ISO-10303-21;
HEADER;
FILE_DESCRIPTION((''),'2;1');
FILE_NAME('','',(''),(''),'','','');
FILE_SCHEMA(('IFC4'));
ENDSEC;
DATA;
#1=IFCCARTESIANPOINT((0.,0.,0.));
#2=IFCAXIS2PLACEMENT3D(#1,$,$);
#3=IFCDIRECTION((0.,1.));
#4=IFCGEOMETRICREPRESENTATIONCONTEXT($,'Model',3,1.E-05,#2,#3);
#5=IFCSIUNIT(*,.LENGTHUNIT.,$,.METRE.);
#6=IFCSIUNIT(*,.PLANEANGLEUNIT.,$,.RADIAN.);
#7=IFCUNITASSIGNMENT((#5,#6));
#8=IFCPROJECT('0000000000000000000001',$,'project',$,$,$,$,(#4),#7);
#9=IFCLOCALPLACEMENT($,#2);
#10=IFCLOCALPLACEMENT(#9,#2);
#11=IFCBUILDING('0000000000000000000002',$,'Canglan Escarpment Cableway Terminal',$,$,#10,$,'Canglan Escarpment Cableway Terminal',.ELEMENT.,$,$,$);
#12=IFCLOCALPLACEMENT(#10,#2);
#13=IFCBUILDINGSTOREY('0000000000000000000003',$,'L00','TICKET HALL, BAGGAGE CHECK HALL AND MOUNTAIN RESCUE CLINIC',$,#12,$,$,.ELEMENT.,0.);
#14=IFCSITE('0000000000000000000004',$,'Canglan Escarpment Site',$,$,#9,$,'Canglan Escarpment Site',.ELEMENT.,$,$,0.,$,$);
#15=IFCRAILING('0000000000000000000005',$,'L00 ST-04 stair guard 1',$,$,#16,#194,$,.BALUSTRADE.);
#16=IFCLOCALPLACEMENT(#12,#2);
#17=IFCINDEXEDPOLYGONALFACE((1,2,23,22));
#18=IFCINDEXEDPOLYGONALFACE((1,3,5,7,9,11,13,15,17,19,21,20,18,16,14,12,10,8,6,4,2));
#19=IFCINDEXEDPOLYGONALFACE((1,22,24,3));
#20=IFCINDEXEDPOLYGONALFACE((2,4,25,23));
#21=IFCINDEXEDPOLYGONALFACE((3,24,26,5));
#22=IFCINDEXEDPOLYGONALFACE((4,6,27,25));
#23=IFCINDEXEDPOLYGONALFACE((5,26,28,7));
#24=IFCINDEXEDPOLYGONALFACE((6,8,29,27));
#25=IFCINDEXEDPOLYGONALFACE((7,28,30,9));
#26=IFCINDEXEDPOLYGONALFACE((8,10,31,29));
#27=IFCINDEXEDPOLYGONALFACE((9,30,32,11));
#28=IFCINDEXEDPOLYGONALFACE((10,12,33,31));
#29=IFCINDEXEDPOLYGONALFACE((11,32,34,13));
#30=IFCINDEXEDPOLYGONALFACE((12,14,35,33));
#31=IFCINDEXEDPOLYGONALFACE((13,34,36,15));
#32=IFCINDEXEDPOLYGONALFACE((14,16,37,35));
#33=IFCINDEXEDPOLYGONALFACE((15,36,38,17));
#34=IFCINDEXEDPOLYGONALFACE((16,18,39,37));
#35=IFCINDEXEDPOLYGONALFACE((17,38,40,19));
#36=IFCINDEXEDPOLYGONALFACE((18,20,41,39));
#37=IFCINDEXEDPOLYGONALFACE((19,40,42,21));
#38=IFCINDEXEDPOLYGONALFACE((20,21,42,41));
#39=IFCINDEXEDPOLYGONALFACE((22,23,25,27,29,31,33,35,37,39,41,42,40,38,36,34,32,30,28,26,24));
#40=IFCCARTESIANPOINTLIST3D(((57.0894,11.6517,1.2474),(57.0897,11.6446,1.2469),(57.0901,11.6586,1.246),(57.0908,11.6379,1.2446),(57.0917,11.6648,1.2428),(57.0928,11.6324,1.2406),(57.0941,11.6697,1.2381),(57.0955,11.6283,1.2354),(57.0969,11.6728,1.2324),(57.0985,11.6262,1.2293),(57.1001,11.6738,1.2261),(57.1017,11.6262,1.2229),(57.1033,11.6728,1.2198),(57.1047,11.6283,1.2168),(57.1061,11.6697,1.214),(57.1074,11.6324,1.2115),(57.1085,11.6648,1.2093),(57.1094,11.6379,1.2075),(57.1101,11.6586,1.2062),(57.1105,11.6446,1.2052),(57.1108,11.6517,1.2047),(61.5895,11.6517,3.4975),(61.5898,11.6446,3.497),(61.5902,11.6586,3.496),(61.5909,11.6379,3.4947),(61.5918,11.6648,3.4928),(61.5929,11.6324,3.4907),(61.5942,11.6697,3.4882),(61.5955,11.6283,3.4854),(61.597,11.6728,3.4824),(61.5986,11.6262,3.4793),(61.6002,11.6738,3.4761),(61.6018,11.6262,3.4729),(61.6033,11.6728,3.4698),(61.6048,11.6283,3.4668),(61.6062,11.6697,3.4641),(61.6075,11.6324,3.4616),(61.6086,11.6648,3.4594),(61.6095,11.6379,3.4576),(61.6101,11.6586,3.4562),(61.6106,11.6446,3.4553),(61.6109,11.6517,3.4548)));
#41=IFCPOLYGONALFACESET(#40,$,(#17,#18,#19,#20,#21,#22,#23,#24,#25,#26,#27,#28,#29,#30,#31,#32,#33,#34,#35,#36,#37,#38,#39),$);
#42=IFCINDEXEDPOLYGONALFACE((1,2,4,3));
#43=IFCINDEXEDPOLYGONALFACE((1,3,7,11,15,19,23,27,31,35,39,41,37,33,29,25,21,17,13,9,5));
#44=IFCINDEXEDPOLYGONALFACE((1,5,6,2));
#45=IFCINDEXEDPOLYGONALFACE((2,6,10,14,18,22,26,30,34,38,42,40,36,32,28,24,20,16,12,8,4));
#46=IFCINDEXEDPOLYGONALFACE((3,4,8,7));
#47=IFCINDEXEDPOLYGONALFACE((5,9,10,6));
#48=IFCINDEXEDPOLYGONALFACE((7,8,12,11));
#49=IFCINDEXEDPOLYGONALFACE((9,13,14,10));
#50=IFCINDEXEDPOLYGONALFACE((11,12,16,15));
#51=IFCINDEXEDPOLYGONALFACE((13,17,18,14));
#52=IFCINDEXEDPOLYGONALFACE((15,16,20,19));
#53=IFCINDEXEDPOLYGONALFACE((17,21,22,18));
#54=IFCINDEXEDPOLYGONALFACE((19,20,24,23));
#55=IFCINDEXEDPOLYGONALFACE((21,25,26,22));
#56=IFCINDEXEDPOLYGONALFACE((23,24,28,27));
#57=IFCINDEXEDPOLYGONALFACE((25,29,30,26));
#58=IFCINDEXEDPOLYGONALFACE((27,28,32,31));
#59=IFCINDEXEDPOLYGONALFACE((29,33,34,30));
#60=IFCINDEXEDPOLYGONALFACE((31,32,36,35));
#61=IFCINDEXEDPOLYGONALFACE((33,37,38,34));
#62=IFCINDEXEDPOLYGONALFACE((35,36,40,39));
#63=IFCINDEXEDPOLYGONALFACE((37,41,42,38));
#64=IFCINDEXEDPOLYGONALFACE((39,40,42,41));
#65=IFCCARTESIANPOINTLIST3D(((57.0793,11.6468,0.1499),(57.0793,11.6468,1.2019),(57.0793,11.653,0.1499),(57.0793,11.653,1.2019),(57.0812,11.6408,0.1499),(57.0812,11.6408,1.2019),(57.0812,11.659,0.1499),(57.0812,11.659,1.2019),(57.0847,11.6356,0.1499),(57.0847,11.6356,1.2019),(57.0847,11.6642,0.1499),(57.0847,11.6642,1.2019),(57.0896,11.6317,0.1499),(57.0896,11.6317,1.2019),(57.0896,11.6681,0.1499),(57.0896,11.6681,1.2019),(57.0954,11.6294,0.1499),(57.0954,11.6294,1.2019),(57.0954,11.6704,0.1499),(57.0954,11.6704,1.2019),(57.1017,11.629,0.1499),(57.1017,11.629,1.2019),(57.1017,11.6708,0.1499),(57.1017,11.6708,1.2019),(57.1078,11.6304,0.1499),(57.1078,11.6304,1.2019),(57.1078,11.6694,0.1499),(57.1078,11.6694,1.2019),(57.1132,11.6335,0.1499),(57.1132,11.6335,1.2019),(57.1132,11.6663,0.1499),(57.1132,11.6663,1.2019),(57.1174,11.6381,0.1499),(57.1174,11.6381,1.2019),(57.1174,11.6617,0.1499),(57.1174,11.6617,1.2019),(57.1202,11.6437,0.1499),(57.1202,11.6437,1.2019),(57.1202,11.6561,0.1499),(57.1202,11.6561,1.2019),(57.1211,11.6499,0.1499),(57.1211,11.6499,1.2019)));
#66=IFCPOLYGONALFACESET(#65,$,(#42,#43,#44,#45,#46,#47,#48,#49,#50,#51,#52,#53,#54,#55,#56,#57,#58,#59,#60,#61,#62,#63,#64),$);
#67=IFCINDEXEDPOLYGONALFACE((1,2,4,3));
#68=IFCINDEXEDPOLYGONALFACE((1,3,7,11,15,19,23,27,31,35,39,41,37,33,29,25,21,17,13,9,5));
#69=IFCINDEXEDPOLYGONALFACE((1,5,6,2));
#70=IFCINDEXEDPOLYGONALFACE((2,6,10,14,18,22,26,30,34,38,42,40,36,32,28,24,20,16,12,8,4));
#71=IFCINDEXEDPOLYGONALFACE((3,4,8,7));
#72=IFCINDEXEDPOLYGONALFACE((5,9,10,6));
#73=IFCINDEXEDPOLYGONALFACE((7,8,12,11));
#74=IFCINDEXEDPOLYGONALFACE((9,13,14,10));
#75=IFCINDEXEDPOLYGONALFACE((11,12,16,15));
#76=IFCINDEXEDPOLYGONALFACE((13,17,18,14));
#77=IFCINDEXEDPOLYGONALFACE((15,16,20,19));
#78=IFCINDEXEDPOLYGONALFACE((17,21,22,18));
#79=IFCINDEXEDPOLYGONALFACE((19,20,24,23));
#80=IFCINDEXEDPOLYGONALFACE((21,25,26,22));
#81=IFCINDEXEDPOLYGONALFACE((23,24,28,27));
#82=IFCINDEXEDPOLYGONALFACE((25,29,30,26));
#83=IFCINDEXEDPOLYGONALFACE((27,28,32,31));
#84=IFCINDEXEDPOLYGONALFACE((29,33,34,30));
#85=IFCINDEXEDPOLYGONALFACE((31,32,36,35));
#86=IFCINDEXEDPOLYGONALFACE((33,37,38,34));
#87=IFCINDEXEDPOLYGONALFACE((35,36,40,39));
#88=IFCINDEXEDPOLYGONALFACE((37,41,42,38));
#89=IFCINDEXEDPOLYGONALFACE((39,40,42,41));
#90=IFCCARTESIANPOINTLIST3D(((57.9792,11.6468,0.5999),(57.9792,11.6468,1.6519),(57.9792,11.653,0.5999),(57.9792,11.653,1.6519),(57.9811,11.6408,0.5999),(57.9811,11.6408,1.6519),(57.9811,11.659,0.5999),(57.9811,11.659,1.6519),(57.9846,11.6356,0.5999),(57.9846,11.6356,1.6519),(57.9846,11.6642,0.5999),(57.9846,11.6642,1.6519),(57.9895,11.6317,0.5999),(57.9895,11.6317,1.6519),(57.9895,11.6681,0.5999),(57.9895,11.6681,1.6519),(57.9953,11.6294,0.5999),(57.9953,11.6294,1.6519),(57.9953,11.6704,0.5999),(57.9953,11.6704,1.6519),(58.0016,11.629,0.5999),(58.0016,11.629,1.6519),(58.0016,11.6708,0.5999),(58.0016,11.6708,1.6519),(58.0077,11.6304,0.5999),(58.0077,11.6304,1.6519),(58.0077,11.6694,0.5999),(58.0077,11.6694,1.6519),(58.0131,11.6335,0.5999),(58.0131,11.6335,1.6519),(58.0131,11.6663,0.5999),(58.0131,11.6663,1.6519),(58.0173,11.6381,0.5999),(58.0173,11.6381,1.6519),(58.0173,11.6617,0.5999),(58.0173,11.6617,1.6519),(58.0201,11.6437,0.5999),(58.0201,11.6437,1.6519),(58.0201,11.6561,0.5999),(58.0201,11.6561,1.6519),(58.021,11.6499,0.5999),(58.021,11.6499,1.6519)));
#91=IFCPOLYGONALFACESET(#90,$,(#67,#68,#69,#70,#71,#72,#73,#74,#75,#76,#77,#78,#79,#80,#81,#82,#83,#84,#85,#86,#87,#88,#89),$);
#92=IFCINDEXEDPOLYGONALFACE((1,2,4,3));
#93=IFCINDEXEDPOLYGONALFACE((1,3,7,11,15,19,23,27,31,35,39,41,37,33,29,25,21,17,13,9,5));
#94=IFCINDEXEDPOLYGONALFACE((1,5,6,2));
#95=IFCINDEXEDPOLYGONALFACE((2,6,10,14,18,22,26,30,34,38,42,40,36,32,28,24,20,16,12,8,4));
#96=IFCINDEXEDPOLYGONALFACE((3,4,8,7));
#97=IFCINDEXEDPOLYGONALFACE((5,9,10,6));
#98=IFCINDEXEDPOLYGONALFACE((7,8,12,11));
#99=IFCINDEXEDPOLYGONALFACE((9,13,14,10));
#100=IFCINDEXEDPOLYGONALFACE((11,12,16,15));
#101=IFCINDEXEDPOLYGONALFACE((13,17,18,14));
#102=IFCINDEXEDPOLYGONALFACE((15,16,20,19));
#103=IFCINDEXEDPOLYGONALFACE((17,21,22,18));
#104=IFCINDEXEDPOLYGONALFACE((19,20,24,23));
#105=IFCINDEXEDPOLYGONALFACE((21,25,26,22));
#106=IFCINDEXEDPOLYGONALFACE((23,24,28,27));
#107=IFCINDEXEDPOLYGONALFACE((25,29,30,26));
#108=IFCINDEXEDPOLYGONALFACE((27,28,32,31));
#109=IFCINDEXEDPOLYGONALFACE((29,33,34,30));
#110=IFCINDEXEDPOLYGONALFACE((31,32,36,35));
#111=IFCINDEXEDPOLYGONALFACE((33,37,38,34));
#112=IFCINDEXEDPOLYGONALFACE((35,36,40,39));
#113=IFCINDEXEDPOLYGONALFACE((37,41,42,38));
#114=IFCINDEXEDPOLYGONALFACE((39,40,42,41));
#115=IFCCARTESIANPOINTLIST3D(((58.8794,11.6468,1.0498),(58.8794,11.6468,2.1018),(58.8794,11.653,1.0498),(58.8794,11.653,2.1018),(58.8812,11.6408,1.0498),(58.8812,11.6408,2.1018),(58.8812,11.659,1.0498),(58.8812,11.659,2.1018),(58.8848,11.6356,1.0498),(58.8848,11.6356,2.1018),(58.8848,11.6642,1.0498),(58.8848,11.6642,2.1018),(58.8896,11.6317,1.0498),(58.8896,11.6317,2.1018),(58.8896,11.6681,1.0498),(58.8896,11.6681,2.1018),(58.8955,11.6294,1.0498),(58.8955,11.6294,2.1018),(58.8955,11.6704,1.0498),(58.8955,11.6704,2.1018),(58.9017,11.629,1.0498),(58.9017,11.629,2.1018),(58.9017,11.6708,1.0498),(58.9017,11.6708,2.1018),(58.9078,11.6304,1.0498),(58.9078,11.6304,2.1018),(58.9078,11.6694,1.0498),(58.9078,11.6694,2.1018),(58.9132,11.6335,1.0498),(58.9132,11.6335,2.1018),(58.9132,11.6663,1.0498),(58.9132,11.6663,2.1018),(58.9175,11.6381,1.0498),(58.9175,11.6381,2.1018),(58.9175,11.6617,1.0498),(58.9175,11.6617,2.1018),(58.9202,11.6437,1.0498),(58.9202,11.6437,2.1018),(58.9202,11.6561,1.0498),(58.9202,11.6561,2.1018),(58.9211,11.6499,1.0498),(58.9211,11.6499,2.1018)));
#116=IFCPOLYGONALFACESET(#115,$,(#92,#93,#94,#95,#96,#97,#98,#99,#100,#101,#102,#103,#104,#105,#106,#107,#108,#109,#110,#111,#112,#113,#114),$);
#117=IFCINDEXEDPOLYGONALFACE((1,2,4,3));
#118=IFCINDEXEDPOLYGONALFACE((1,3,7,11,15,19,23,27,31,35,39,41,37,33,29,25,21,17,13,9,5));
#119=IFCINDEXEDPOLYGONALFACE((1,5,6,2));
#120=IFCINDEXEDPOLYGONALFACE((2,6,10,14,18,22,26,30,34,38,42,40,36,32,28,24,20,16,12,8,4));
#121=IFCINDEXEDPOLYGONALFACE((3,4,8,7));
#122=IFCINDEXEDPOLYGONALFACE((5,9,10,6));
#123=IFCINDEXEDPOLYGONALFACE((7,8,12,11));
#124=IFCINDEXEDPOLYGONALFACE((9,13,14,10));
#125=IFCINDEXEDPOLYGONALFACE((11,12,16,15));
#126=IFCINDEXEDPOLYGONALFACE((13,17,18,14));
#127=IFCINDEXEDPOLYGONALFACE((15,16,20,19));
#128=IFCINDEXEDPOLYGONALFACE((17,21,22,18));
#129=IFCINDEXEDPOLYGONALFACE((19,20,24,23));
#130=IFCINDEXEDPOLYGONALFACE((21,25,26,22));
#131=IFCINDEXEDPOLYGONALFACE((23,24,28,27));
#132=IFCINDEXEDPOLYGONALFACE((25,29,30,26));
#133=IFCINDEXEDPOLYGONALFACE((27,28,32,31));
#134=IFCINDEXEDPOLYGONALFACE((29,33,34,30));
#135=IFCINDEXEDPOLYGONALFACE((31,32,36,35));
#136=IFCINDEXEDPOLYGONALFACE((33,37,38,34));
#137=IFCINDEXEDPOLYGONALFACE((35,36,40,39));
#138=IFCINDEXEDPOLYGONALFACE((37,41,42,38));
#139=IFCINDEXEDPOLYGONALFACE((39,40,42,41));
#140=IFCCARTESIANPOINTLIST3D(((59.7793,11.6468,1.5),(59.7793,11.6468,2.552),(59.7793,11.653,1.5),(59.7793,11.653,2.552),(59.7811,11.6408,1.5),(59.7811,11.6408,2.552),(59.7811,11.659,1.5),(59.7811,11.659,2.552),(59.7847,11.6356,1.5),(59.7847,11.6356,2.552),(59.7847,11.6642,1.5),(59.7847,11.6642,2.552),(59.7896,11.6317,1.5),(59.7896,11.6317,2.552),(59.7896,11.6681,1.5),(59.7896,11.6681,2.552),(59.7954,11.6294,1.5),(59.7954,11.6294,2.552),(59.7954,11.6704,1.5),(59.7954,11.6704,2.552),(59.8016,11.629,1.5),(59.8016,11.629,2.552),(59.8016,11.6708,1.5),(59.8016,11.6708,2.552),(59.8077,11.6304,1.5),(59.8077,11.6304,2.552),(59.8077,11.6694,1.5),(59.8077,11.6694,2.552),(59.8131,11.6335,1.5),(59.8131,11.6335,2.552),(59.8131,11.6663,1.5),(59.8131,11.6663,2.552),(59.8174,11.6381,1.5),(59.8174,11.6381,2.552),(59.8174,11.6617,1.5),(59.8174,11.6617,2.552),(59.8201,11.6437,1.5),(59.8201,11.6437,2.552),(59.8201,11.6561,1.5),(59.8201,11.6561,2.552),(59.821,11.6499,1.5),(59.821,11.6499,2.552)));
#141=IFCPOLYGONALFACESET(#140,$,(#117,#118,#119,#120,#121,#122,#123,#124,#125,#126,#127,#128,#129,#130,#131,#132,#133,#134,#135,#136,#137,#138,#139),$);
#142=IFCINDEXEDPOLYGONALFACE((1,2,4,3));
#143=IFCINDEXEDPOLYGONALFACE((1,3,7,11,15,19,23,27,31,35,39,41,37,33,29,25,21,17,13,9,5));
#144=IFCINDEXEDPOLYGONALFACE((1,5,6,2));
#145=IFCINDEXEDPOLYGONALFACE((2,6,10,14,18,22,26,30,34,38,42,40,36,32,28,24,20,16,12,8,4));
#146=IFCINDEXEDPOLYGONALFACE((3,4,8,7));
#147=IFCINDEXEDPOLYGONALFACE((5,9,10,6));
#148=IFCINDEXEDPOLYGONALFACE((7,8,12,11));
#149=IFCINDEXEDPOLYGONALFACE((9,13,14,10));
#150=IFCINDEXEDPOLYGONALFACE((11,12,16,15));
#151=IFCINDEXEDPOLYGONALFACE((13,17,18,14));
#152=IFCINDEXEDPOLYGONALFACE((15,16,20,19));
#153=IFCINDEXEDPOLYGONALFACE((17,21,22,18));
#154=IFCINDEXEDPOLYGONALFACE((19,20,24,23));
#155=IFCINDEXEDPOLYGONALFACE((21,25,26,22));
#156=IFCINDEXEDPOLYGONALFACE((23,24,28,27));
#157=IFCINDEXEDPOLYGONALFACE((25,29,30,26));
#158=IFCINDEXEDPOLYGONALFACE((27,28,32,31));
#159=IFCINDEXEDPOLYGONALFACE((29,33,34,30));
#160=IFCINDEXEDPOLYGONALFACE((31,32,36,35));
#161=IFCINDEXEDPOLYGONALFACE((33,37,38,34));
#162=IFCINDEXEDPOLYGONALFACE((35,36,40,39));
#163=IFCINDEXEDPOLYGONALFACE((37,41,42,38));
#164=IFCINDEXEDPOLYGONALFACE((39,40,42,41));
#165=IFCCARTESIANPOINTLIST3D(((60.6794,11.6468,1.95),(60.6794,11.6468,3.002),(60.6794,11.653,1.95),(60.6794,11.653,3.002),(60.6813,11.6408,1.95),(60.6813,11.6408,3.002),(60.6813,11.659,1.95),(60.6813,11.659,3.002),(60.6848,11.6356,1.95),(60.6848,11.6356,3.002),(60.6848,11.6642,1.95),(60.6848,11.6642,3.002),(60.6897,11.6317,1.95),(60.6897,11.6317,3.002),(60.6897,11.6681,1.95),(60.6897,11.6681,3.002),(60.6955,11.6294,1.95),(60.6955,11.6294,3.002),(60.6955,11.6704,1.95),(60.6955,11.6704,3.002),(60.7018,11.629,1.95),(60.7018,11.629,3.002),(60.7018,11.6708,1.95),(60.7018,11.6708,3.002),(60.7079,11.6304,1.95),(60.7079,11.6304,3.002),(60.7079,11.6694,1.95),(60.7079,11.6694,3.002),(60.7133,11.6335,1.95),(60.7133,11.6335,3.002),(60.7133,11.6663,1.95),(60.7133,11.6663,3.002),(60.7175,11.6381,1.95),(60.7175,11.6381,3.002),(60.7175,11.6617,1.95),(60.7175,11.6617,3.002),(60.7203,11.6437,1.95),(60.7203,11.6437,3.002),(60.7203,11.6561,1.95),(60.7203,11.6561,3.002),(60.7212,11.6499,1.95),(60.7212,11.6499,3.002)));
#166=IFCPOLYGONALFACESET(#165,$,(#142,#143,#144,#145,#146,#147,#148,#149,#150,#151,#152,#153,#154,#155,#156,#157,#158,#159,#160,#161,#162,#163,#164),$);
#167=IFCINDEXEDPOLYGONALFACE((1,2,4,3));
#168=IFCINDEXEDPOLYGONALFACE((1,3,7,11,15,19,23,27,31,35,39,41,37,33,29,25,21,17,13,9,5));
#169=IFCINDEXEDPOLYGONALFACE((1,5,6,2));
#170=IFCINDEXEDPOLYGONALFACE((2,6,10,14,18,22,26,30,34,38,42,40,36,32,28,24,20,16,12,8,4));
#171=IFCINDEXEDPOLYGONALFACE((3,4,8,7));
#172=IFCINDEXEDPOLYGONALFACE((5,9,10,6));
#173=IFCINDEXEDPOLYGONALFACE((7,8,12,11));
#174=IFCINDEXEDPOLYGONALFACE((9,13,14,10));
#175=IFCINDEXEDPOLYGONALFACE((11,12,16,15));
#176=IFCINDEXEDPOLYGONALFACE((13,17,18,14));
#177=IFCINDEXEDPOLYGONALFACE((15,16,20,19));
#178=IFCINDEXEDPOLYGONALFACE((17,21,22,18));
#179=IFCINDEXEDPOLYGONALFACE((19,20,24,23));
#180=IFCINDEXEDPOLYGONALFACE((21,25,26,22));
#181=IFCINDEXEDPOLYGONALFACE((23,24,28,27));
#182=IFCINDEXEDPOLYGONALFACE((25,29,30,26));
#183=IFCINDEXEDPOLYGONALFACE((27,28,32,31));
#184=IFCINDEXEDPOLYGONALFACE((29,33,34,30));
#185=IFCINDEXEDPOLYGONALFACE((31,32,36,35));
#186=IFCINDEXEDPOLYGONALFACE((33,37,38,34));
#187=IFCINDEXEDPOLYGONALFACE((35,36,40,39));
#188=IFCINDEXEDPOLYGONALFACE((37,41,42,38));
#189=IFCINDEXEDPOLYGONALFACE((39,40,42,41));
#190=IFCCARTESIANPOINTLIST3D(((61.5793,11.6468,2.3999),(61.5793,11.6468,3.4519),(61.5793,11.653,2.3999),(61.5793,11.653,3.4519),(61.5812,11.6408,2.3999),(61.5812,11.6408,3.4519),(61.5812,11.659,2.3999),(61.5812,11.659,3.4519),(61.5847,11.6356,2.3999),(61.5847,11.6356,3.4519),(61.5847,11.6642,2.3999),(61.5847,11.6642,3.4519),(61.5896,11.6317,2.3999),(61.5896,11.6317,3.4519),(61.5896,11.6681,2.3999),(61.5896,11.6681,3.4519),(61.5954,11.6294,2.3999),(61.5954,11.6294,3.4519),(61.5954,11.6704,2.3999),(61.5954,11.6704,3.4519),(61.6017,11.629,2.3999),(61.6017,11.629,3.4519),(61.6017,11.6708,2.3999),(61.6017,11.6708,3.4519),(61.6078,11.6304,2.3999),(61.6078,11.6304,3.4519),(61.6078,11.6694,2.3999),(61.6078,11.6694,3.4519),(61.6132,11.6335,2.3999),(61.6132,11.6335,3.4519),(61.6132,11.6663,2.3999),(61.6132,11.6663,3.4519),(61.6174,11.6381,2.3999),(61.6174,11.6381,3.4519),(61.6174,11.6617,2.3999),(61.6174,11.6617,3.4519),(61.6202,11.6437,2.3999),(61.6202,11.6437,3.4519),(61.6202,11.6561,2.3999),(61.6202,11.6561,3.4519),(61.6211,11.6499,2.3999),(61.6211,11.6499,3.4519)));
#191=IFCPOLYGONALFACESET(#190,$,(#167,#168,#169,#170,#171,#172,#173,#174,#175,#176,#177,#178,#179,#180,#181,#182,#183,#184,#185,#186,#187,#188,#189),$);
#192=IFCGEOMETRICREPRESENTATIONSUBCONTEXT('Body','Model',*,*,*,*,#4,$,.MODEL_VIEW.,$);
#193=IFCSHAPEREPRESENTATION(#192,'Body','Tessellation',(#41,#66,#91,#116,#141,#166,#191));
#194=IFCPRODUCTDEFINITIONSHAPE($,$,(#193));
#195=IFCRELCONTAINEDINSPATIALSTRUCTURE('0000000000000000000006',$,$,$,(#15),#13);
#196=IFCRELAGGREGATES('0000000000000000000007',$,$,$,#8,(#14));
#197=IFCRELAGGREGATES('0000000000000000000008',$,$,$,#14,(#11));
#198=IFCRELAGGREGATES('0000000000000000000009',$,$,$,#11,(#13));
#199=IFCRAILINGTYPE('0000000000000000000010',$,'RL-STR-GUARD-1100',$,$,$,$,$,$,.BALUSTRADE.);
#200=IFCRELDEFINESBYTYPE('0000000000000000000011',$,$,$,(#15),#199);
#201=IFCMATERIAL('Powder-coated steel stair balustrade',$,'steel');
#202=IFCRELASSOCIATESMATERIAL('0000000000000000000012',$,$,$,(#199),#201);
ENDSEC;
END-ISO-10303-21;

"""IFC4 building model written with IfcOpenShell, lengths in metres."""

from ifc_helpers import new_model, si_unit, direction, frame, origin, origin_2d, place, context, subcontext, project, spatial, circle, extrude, material, type_object, element, save


model = new_model("IFC4")

# Units and contexts
model_context = context("Model", 3, precision=1e-05, world=origin(), true_north=direction((0.0, 1.0)))
body_context = subcontext(model_context, "Body", "Model", "MODEL_VIEW")
ifc_project = project(units=[si_unit("LENGTHUNIT", "METRE"), si_unit("PLANEANGLEUNIT", "RADIAN")], contexts=[model_context])

# Site, building, storey
site_placement = place(None, origin())
site = spatial("IfcSite", under=ifc_project, at=site_placement, Name="Canglan Escarpment Site", LongName="Canglan Escarpment Site", CompositionType="ELEMENT", RefElevation=0.0)
building_placement = place(site_placement, origin())
building = spatial("IfcBuilding", under=site, at=building_placement, Name="Canglan Escarpment Cableway Terminal", LongName="Canglan Escarpment Cableway Terminal", CompositionType="ELEMENT")
storey_placement = place(building_placement, origin())
storey = spatial("IfcBuildingStorey", under=building, at=storey_placement, Name="L00", Description="TICKET HALL, BAGGAGE CHECK HALL AND MOUNTAIN RESCUE CLINIC", CompositionType="ELEMENT", Elevation=0.0)

# Railing
ifc_material_1 = material(Name="Powder-coated steel stair balustrade", Category="steel")
railing_type_1 = type_object("IfcRailingType", Name="RL-STR-GUARD-1100", PredefinedType="BALUSTRADE", material=ifc_material_1)
railing_1_placement = place(storey_placement, frame((57.1001, 11.6499, 0.1499)))
element("IfcRailing", 1, at=railing_1_placement, inside=storey, type_object=railing_type_1, Name="L00 ST-04 stair guard 1", PredefinedType="BALUSTRADE", context=body_context, shape_type="SweptSolid", body=[
    extrude(circle(Radius=0.0239, at=origin_2d()), frame((0.0, 0.0, 1.0762), z_axis=(0.894427, 0.0, 0.447214), x_axis=(0.0, 1.0, 0.0)), (0.0, 0.0, 1.0), 5.0312),
    extrude(circle(Radius=0.021, at=origin_2d()), origin(), (0.0, 0.0, 1.0), 1.052),
    extrude(circle(Radius=0.021, at=origin_2d()), frame((0.8999, 0.0, 0.45)), (0.0, 0.0, 1.0), 1.052),
    extrude(circle(Radius=0.021, at=origin_2d()), frame((1.8, 0.0, 0.8999)), (0.0, 0.0, 1.0), 1.052),
    extrude(circle(Radius=0.021, at=origin_2d()), frame((2.7, 0.0, 1.3501)), (0.0, 0.0, 1.0), 1.052),
    extrude(circle(Radius=0.021, at=origin_2d()), frame((3.6001, 0.0, 1.8)), (0.0, 0.0, 1.0), 1.052),
    extrude(circle(Radius=0.021, at=origin_2d()), frame((4.5, 0.0, 2.25)), (0.0, 0.0, 1.0), 1.052),
])

save(model, "model.ifc")
